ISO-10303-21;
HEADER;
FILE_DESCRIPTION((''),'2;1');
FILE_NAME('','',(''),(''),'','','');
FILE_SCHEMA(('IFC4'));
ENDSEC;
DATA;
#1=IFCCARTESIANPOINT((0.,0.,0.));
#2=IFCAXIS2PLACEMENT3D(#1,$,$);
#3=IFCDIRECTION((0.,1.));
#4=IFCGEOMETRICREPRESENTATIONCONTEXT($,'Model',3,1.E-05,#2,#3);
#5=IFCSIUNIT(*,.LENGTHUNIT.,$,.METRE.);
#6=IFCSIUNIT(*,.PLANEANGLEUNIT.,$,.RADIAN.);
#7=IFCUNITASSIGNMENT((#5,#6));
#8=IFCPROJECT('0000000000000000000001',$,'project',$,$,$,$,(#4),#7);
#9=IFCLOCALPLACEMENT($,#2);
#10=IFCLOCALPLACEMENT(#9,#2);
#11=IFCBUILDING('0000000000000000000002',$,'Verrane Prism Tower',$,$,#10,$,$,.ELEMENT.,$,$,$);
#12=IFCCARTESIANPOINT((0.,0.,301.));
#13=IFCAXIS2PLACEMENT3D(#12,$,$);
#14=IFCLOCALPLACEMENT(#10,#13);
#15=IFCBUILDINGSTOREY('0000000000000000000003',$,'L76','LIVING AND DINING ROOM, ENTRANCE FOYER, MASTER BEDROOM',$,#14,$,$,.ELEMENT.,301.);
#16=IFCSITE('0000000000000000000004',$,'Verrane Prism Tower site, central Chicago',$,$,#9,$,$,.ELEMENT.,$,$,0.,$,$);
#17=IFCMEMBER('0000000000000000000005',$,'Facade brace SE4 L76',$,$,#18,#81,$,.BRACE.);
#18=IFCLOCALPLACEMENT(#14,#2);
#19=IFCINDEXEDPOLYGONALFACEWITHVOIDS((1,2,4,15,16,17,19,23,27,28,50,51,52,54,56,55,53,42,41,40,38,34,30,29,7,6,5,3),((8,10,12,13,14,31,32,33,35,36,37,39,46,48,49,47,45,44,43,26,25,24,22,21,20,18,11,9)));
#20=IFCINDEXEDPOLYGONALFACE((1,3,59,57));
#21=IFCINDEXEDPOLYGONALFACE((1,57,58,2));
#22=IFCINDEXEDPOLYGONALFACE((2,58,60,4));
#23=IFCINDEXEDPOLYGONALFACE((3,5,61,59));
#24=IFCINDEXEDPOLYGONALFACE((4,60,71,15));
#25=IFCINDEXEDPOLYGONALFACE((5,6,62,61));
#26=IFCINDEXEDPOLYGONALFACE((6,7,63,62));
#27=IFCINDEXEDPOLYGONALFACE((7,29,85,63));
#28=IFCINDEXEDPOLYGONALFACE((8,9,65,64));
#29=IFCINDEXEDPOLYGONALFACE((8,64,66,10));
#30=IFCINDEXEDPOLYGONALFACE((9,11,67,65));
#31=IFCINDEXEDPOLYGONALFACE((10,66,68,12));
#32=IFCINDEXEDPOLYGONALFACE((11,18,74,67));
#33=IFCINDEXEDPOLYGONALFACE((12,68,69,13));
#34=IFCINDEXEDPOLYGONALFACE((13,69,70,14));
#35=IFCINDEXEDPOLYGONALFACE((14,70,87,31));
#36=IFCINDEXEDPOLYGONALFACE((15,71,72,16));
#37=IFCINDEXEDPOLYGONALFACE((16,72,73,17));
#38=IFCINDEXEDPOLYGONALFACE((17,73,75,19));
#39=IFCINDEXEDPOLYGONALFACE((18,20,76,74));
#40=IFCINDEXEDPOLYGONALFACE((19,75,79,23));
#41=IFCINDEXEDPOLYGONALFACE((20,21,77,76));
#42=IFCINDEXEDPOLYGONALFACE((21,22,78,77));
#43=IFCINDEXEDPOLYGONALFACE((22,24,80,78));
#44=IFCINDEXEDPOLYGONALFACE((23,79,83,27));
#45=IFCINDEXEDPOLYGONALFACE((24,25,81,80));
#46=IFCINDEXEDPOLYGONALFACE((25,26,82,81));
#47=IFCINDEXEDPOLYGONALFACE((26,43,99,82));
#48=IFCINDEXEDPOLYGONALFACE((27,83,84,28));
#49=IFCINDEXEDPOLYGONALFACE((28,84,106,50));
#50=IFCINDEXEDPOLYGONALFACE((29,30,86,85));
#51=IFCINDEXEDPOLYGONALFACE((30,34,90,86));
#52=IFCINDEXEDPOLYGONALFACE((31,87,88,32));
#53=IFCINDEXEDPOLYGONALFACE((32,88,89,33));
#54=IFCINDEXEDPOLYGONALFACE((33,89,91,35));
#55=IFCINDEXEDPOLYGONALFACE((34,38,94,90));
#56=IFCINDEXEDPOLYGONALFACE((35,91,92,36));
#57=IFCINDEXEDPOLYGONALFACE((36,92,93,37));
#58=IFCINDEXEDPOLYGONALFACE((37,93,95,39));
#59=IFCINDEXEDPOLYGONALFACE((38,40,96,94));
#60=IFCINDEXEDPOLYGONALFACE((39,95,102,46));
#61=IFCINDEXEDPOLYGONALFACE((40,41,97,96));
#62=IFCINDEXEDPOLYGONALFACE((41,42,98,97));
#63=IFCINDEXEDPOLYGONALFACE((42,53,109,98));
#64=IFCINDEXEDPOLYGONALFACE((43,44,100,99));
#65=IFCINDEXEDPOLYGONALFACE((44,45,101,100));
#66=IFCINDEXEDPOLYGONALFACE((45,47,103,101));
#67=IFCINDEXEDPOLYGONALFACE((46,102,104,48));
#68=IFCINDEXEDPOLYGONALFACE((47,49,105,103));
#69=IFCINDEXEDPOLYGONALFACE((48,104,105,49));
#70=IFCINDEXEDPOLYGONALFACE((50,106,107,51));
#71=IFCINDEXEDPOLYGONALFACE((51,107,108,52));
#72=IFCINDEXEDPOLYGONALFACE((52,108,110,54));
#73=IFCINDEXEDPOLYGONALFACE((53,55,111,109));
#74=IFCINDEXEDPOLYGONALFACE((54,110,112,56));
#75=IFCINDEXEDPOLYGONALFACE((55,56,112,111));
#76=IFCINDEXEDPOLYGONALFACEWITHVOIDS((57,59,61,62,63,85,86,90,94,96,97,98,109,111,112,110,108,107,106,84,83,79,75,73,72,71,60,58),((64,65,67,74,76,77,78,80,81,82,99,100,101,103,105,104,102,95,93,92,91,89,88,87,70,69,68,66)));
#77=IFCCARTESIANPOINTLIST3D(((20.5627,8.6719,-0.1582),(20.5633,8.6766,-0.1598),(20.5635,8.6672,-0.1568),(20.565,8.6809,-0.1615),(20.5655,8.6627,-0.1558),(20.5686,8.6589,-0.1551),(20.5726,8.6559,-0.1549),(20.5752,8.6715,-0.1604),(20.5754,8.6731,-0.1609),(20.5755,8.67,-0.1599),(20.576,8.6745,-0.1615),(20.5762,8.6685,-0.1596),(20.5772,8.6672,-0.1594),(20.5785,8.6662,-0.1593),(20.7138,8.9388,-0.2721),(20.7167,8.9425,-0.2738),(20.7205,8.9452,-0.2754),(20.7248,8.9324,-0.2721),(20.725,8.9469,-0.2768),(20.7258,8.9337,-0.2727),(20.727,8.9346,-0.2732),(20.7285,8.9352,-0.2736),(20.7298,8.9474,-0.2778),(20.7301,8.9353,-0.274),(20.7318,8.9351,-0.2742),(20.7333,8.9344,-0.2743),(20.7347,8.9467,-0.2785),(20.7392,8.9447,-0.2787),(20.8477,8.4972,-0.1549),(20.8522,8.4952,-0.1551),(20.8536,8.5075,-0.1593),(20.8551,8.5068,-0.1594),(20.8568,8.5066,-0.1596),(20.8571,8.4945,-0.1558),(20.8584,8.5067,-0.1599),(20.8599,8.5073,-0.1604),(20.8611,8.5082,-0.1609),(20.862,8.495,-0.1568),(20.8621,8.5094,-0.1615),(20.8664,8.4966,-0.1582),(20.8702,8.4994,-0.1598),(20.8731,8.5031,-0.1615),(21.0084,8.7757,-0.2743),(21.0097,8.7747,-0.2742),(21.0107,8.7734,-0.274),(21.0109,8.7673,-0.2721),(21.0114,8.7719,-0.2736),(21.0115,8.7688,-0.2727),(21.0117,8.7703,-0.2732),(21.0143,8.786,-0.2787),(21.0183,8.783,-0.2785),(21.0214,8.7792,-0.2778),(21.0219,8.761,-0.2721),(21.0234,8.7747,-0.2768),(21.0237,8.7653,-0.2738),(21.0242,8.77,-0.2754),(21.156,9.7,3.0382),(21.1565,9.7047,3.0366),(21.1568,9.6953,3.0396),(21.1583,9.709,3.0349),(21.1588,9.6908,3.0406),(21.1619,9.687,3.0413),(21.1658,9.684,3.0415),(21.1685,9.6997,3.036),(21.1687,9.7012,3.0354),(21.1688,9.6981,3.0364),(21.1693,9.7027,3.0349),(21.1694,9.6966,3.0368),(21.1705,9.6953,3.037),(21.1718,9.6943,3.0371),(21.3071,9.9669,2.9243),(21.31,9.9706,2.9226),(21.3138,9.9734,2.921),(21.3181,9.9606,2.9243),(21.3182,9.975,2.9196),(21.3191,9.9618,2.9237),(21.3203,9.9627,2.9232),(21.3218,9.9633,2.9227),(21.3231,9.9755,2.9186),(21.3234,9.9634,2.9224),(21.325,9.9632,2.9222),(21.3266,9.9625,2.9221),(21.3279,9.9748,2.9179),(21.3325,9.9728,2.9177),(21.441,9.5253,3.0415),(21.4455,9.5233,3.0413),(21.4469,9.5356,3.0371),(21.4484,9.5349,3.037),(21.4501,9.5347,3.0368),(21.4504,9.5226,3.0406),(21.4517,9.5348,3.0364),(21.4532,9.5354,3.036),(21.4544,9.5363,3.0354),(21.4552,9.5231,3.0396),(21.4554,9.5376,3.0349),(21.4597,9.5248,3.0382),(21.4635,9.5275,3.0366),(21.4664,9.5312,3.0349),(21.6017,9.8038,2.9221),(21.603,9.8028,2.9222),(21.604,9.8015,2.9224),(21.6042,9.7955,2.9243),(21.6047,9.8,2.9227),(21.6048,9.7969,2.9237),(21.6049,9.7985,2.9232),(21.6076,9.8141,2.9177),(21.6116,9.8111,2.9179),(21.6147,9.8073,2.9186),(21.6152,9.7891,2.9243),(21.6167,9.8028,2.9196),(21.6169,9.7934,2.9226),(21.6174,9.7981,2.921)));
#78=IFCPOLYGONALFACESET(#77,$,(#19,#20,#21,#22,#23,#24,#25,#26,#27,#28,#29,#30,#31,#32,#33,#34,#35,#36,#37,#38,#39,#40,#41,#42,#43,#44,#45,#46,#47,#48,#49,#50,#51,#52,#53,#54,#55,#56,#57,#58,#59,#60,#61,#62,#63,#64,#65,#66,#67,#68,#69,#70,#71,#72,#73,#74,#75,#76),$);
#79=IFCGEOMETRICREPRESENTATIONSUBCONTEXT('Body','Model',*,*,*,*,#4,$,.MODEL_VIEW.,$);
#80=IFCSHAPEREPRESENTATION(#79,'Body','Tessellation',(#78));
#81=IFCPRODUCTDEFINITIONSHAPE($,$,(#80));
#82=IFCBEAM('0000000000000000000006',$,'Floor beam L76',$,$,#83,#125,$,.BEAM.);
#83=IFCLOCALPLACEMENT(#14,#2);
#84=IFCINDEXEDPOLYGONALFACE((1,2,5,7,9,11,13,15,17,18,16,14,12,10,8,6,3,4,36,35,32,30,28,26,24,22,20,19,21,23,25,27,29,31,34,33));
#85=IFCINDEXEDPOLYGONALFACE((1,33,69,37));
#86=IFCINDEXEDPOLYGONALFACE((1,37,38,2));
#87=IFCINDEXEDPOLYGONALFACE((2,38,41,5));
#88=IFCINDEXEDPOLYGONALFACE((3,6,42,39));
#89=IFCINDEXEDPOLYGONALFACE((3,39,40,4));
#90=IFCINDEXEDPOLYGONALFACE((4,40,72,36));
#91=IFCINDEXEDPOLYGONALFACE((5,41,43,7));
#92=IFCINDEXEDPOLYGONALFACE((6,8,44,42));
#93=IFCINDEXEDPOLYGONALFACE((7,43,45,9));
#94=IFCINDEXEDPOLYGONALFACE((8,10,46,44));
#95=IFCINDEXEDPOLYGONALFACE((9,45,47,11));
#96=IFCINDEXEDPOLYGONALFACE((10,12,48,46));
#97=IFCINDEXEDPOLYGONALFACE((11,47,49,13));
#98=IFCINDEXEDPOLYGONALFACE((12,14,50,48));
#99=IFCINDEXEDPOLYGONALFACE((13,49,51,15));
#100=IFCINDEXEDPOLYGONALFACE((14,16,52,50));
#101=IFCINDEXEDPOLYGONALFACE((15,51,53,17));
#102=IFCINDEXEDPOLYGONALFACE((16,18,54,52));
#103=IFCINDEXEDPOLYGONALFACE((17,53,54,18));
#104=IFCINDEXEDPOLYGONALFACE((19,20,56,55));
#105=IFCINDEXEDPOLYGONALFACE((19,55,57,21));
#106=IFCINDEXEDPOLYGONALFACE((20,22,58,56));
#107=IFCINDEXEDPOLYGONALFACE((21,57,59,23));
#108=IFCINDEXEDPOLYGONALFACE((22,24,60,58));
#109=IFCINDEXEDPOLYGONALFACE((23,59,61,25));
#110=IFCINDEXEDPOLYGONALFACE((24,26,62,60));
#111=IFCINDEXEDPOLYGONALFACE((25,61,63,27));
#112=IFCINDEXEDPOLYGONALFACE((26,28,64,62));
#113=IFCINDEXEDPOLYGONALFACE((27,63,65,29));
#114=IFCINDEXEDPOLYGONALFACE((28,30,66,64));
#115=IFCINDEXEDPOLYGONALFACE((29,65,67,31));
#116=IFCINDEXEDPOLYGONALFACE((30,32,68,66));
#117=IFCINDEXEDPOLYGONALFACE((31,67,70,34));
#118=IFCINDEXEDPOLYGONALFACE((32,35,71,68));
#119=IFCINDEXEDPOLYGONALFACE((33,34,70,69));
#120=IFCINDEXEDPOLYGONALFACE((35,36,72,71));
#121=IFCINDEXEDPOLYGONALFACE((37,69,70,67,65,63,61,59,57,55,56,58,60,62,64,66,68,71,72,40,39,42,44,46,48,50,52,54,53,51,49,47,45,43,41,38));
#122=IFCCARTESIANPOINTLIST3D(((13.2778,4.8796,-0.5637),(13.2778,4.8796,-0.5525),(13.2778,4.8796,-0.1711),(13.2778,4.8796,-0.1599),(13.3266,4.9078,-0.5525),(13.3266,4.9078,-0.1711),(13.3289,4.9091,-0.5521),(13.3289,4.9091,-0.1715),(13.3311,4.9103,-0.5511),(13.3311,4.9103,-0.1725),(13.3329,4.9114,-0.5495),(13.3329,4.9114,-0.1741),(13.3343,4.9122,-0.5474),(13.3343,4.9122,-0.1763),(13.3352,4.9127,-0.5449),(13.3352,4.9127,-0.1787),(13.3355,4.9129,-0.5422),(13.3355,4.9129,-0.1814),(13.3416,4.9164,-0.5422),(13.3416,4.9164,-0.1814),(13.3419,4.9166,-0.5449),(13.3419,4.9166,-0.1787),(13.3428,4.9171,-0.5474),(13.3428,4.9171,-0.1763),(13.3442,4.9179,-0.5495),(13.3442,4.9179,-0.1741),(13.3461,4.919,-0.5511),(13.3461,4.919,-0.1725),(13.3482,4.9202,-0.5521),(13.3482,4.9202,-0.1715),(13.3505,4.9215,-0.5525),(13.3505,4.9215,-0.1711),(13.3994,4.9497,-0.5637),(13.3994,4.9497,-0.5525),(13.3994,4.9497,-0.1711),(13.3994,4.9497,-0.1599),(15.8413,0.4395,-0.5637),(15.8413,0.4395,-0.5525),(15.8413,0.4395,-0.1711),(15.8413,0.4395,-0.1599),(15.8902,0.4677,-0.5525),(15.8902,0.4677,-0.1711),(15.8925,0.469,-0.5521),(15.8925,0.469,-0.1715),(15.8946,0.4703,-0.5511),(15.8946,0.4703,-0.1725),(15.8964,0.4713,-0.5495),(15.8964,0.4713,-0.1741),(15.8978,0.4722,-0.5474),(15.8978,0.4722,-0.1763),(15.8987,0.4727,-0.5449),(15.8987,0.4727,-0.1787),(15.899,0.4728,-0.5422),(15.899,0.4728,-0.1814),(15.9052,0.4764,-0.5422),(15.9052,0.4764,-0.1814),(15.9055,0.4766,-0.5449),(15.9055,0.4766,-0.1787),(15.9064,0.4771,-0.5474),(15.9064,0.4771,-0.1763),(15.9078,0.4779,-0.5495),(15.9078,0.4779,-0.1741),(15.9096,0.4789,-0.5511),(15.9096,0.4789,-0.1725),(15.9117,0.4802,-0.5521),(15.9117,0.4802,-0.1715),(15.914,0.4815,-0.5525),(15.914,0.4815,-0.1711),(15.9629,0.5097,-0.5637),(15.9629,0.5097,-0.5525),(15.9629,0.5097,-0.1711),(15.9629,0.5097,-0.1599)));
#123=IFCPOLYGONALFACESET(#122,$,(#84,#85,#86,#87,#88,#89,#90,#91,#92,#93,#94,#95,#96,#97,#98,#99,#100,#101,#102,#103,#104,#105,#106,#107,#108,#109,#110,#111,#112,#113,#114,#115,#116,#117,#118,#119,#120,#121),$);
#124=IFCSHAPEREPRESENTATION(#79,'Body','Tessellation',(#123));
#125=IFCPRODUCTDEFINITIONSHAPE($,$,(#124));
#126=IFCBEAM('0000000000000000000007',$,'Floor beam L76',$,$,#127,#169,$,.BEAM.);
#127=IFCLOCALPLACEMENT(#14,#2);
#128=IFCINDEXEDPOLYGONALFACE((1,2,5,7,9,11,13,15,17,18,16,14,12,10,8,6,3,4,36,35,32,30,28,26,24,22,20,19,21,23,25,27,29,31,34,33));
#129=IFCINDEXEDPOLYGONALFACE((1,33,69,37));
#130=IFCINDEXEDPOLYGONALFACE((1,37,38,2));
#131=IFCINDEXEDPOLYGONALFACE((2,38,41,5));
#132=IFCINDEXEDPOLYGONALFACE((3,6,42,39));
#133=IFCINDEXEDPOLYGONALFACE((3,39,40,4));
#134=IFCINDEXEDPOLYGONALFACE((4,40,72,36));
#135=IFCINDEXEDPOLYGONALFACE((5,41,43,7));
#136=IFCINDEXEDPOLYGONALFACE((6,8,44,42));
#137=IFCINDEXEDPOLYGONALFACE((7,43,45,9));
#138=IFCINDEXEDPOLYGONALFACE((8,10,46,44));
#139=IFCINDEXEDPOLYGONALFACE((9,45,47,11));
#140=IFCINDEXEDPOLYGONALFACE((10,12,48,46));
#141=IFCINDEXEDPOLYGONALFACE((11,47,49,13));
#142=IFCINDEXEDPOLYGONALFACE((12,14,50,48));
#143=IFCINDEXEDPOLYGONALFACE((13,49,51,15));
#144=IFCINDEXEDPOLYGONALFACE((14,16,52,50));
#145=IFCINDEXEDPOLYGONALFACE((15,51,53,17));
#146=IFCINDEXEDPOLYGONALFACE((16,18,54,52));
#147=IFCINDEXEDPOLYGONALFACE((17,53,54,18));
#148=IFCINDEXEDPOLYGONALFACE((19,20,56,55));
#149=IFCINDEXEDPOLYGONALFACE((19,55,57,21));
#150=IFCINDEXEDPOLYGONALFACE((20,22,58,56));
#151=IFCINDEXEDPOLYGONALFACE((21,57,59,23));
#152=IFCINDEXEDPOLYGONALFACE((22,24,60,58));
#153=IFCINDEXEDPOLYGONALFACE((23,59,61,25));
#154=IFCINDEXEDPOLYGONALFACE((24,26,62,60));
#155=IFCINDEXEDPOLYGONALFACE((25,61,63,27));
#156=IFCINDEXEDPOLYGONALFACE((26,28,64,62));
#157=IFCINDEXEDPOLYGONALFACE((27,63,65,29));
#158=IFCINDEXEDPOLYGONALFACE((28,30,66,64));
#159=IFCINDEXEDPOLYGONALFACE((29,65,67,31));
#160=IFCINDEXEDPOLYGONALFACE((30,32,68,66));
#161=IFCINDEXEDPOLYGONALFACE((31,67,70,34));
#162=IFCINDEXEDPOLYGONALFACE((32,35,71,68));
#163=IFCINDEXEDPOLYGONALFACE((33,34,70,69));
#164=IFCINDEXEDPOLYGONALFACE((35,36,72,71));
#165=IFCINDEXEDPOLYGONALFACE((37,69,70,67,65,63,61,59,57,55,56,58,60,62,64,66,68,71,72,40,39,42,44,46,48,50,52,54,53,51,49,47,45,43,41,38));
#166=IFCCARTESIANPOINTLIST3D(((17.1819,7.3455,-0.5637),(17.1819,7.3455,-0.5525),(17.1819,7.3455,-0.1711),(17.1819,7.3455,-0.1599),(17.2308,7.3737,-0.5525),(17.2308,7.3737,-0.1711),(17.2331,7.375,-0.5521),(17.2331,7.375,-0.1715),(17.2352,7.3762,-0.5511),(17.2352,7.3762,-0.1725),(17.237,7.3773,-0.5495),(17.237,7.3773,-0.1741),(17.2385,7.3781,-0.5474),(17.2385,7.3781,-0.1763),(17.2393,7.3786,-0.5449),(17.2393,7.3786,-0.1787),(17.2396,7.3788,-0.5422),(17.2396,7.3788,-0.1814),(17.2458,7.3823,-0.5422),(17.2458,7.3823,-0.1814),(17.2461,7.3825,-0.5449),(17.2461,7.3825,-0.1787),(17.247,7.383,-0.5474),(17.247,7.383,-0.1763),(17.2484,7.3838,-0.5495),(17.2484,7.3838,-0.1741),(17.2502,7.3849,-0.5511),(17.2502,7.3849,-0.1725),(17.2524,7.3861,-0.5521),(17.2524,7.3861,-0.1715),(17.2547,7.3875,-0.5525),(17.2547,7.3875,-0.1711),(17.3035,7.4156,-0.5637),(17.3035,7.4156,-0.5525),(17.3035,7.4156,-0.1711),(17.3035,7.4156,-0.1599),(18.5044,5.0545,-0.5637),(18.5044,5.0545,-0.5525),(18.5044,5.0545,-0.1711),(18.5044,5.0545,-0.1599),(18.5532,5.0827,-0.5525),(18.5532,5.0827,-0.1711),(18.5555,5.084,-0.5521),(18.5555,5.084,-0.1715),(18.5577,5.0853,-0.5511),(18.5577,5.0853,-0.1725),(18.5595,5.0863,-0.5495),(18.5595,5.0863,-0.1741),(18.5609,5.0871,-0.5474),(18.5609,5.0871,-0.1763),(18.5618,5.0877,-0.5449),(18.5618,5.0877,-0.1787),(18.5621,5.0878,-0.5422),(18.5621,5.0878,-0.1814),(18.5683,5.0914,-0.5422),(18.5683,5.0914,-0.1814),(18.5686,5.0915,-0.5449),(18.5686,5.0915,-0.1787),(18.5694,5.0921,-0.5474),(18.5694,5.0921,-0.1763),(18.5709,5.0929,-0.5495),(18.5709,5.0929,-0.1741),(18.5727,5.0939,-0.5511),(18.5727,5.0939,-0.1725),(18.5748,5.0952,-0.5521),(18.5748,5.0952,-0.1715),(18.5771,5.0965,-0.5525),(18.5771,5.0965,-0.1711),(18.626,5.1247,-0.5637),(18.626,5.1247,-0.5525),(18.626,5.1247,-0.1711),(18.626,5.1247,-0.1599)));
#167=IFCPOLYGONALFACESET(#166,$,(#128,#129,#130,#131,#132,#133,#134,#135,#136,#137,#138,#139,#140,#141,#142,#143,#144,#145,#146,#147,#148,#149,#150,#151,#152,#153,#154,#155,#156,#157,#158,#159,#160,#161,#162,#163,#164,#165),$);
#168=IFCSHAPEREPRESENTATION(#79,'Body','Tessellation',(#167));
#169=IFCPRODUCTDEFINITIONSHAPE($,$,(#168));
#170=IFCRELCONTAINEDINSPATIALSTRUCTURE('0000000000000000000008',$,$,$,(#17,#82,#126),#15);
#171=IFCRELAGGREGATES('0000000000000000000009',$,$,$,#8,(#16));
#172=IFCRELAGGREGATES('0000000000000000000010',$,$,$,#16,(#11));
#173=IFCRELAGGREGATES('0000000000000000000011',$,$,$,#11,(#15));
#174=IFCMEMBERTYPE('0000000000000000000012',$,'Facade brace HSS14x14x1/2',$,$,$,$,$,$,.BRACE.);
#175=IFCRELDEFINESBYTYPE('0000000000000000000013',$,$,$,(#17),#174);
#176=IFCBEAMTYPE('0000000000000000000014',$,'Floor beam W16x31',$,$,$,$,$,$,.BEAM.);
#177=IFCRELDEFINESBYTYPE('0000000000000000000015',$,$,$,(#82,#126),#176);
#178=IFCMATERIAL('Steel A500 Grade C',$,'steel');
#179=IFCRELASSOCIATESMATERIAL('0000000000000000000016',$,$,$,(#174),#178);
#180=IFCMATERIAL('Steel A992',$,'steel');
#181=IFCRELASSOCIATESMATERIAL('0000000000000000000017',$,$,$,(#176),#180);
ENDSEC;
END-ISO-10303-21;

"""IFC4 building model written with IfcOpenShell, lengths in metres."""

from ifc_helpers import new_model, si_unit, direction, frame, origin, origin_2d, place, context, subcontext, project, spatial, hollow_rectangle, i_section, extrude, material, material_profile, profile_set, type_object, element, save


model = new_model("IFC4")

# Units and contexts
model_context = context("Model", 3, precision=1e-05, world=origin(), true_north=direction((0.0, 1.0)))
body_context = subcontext(model_context, "Body", "Model", "MODEL_VIEW")
ifc_project = project(units=[si_unit("LENGTHUNIT", "METRE"), si_unit("PLANEANGLEUNIT", "RADIAN")], contexts=[model_context])

# Site, building, storey
site_placement = place(None, origin())
site = spatial("IfcSite", under=ifc_project, at=site_placement, Name="Verrane Prism Tower site, central Chicago", CompositionType="ELEMENT", RefElevation=0.0)
building_placement = place(site_placement, origin())
building = spatial("IfcBuilding", under=site, at=building_placement, Name="Verrane Prism Tower", CompositionType="ELEMENT")
storey_placement = place(building_placement, frame((0.0, 0.0, 301.0)))
storey = spatial("IfcBuildingStorey", under=building, at=storey_placement, Name="L76", Description="LIVING AND DINING ROOM, ENTRANCE FOYER, MASTER BEDROOM", CompositionType="ELEMENT", Elevation=301.0)

# Member
ifc_material_1 = material(Name="Steel A500 Grade C", Category="steel")
ifc_material_profile_1 = material_profile(ifc_material_1, hollow_rectangle(XDim=0.3557, YDim=0.3557, WallThickness=0.0127, InnerFilletRadius=0.0063, OuterFilletRadius=0.019, at=origin_2d()), Name="HSS14x14x1/2")
ifc_profile_set_1 = profile_set([ifc_material_profile_1], Name="Steel A500 Grade C")
member_type_1 = type_object("IfcMemberType", Name="Facade brace HSS14x14x1/2", PredefinedType="BRACE", material=ifc_profile_set_1)
member_1_placement = place(storey_placement, frame((20.7935, 8.7209, -0.2168), z_axis=(0.173999, 0.301527, 0.937447), x_axis=(-0.866134, 0.499811, 0.0)))
element("IfcMember", 1, at=member_1_placement, inside=storey, type_object=member_type_1, Name="Facade brace SE4 L76", PredefinedType="BRACE", context=body_context, shape_type="SweptSolid", body=[
    extrude(hollow_rectangle(XDim=0.3557, YDim=0.3557, WallThickness=0.0127, InnerFilletRadius=0.0063, OuterFilletRadius=0.019, at=origin_2d()), origin(), (0.0, 0.0, 1.0), 3.4097),
])

# Beams
ifc_material_2 = material(Name="Steel A992", Category="steel")
ifc_material_profile_2 = material_profile(ifc_material_2, i_section(OverallWidth=0.1404, OverallDepth=0.4038, WebThickness=0.0071, FlangeThickness=0.0112, FilletRadius=0.0103, at=origin_2d()), Name="W16x31")
ifc_profile_set_2 = profile_set([ifc_material_profile_2], Name="Steel A992")
beam_type_1 = type_object("IfcBeamType", Name="Floor beam W16x31", PredefinedType="BEAM", material=ifc_profile_set_2)
beam_1_placement = place(storey_placement, frame((15.9021, 0.4746, -0.3618), z_axis=(-0.500011, 0.866019, 0.0), x_axis=(-0.866019, -0.500011, 0.0)))
element("IfcBeam", 2, at=beam_1_placement, inside=storey, type_object=beam_type_1, Name="Floor beam L76", PredefinedType="BEAM", context=body_context, shape_type="SweptSolid", body=[
    extrude(i_section(OverallWidth=0.1404, OverallDepth=0.4038, WebThickness=0.0071, FlangeThickness=0.0112, FilletRadius=0.0103, at=origin_2d()), origin(), (0.0, 0.0, 1.0), 5.127),
])
beam_2_placement = place(storey_placement, frame((18.5652, 5.0896, -0.3618), z_axis=(-0.499941, 0.86606, 0.0), x_axis=(-0.86606, -0.499941, 0.0)))
element("IfcBeam", 3, at=beam_2_placement, inside=storey, type_object=beam_type_1, Name="Floor beam L76", PredefinedType="BEAM", context=body_context, shape_type="SweptSolid", body=[
    extrude(i_section(OverallWidth=0.1404, OverallDepth=0.4038, WebThickness=0.0071, FlangeThickness=0.0112, FilletRadius=0.0103, at=origin_2d()), origin(), (0.0, 0.0, 1.0), 2.6453),
])

save(model, "model.ifc")
